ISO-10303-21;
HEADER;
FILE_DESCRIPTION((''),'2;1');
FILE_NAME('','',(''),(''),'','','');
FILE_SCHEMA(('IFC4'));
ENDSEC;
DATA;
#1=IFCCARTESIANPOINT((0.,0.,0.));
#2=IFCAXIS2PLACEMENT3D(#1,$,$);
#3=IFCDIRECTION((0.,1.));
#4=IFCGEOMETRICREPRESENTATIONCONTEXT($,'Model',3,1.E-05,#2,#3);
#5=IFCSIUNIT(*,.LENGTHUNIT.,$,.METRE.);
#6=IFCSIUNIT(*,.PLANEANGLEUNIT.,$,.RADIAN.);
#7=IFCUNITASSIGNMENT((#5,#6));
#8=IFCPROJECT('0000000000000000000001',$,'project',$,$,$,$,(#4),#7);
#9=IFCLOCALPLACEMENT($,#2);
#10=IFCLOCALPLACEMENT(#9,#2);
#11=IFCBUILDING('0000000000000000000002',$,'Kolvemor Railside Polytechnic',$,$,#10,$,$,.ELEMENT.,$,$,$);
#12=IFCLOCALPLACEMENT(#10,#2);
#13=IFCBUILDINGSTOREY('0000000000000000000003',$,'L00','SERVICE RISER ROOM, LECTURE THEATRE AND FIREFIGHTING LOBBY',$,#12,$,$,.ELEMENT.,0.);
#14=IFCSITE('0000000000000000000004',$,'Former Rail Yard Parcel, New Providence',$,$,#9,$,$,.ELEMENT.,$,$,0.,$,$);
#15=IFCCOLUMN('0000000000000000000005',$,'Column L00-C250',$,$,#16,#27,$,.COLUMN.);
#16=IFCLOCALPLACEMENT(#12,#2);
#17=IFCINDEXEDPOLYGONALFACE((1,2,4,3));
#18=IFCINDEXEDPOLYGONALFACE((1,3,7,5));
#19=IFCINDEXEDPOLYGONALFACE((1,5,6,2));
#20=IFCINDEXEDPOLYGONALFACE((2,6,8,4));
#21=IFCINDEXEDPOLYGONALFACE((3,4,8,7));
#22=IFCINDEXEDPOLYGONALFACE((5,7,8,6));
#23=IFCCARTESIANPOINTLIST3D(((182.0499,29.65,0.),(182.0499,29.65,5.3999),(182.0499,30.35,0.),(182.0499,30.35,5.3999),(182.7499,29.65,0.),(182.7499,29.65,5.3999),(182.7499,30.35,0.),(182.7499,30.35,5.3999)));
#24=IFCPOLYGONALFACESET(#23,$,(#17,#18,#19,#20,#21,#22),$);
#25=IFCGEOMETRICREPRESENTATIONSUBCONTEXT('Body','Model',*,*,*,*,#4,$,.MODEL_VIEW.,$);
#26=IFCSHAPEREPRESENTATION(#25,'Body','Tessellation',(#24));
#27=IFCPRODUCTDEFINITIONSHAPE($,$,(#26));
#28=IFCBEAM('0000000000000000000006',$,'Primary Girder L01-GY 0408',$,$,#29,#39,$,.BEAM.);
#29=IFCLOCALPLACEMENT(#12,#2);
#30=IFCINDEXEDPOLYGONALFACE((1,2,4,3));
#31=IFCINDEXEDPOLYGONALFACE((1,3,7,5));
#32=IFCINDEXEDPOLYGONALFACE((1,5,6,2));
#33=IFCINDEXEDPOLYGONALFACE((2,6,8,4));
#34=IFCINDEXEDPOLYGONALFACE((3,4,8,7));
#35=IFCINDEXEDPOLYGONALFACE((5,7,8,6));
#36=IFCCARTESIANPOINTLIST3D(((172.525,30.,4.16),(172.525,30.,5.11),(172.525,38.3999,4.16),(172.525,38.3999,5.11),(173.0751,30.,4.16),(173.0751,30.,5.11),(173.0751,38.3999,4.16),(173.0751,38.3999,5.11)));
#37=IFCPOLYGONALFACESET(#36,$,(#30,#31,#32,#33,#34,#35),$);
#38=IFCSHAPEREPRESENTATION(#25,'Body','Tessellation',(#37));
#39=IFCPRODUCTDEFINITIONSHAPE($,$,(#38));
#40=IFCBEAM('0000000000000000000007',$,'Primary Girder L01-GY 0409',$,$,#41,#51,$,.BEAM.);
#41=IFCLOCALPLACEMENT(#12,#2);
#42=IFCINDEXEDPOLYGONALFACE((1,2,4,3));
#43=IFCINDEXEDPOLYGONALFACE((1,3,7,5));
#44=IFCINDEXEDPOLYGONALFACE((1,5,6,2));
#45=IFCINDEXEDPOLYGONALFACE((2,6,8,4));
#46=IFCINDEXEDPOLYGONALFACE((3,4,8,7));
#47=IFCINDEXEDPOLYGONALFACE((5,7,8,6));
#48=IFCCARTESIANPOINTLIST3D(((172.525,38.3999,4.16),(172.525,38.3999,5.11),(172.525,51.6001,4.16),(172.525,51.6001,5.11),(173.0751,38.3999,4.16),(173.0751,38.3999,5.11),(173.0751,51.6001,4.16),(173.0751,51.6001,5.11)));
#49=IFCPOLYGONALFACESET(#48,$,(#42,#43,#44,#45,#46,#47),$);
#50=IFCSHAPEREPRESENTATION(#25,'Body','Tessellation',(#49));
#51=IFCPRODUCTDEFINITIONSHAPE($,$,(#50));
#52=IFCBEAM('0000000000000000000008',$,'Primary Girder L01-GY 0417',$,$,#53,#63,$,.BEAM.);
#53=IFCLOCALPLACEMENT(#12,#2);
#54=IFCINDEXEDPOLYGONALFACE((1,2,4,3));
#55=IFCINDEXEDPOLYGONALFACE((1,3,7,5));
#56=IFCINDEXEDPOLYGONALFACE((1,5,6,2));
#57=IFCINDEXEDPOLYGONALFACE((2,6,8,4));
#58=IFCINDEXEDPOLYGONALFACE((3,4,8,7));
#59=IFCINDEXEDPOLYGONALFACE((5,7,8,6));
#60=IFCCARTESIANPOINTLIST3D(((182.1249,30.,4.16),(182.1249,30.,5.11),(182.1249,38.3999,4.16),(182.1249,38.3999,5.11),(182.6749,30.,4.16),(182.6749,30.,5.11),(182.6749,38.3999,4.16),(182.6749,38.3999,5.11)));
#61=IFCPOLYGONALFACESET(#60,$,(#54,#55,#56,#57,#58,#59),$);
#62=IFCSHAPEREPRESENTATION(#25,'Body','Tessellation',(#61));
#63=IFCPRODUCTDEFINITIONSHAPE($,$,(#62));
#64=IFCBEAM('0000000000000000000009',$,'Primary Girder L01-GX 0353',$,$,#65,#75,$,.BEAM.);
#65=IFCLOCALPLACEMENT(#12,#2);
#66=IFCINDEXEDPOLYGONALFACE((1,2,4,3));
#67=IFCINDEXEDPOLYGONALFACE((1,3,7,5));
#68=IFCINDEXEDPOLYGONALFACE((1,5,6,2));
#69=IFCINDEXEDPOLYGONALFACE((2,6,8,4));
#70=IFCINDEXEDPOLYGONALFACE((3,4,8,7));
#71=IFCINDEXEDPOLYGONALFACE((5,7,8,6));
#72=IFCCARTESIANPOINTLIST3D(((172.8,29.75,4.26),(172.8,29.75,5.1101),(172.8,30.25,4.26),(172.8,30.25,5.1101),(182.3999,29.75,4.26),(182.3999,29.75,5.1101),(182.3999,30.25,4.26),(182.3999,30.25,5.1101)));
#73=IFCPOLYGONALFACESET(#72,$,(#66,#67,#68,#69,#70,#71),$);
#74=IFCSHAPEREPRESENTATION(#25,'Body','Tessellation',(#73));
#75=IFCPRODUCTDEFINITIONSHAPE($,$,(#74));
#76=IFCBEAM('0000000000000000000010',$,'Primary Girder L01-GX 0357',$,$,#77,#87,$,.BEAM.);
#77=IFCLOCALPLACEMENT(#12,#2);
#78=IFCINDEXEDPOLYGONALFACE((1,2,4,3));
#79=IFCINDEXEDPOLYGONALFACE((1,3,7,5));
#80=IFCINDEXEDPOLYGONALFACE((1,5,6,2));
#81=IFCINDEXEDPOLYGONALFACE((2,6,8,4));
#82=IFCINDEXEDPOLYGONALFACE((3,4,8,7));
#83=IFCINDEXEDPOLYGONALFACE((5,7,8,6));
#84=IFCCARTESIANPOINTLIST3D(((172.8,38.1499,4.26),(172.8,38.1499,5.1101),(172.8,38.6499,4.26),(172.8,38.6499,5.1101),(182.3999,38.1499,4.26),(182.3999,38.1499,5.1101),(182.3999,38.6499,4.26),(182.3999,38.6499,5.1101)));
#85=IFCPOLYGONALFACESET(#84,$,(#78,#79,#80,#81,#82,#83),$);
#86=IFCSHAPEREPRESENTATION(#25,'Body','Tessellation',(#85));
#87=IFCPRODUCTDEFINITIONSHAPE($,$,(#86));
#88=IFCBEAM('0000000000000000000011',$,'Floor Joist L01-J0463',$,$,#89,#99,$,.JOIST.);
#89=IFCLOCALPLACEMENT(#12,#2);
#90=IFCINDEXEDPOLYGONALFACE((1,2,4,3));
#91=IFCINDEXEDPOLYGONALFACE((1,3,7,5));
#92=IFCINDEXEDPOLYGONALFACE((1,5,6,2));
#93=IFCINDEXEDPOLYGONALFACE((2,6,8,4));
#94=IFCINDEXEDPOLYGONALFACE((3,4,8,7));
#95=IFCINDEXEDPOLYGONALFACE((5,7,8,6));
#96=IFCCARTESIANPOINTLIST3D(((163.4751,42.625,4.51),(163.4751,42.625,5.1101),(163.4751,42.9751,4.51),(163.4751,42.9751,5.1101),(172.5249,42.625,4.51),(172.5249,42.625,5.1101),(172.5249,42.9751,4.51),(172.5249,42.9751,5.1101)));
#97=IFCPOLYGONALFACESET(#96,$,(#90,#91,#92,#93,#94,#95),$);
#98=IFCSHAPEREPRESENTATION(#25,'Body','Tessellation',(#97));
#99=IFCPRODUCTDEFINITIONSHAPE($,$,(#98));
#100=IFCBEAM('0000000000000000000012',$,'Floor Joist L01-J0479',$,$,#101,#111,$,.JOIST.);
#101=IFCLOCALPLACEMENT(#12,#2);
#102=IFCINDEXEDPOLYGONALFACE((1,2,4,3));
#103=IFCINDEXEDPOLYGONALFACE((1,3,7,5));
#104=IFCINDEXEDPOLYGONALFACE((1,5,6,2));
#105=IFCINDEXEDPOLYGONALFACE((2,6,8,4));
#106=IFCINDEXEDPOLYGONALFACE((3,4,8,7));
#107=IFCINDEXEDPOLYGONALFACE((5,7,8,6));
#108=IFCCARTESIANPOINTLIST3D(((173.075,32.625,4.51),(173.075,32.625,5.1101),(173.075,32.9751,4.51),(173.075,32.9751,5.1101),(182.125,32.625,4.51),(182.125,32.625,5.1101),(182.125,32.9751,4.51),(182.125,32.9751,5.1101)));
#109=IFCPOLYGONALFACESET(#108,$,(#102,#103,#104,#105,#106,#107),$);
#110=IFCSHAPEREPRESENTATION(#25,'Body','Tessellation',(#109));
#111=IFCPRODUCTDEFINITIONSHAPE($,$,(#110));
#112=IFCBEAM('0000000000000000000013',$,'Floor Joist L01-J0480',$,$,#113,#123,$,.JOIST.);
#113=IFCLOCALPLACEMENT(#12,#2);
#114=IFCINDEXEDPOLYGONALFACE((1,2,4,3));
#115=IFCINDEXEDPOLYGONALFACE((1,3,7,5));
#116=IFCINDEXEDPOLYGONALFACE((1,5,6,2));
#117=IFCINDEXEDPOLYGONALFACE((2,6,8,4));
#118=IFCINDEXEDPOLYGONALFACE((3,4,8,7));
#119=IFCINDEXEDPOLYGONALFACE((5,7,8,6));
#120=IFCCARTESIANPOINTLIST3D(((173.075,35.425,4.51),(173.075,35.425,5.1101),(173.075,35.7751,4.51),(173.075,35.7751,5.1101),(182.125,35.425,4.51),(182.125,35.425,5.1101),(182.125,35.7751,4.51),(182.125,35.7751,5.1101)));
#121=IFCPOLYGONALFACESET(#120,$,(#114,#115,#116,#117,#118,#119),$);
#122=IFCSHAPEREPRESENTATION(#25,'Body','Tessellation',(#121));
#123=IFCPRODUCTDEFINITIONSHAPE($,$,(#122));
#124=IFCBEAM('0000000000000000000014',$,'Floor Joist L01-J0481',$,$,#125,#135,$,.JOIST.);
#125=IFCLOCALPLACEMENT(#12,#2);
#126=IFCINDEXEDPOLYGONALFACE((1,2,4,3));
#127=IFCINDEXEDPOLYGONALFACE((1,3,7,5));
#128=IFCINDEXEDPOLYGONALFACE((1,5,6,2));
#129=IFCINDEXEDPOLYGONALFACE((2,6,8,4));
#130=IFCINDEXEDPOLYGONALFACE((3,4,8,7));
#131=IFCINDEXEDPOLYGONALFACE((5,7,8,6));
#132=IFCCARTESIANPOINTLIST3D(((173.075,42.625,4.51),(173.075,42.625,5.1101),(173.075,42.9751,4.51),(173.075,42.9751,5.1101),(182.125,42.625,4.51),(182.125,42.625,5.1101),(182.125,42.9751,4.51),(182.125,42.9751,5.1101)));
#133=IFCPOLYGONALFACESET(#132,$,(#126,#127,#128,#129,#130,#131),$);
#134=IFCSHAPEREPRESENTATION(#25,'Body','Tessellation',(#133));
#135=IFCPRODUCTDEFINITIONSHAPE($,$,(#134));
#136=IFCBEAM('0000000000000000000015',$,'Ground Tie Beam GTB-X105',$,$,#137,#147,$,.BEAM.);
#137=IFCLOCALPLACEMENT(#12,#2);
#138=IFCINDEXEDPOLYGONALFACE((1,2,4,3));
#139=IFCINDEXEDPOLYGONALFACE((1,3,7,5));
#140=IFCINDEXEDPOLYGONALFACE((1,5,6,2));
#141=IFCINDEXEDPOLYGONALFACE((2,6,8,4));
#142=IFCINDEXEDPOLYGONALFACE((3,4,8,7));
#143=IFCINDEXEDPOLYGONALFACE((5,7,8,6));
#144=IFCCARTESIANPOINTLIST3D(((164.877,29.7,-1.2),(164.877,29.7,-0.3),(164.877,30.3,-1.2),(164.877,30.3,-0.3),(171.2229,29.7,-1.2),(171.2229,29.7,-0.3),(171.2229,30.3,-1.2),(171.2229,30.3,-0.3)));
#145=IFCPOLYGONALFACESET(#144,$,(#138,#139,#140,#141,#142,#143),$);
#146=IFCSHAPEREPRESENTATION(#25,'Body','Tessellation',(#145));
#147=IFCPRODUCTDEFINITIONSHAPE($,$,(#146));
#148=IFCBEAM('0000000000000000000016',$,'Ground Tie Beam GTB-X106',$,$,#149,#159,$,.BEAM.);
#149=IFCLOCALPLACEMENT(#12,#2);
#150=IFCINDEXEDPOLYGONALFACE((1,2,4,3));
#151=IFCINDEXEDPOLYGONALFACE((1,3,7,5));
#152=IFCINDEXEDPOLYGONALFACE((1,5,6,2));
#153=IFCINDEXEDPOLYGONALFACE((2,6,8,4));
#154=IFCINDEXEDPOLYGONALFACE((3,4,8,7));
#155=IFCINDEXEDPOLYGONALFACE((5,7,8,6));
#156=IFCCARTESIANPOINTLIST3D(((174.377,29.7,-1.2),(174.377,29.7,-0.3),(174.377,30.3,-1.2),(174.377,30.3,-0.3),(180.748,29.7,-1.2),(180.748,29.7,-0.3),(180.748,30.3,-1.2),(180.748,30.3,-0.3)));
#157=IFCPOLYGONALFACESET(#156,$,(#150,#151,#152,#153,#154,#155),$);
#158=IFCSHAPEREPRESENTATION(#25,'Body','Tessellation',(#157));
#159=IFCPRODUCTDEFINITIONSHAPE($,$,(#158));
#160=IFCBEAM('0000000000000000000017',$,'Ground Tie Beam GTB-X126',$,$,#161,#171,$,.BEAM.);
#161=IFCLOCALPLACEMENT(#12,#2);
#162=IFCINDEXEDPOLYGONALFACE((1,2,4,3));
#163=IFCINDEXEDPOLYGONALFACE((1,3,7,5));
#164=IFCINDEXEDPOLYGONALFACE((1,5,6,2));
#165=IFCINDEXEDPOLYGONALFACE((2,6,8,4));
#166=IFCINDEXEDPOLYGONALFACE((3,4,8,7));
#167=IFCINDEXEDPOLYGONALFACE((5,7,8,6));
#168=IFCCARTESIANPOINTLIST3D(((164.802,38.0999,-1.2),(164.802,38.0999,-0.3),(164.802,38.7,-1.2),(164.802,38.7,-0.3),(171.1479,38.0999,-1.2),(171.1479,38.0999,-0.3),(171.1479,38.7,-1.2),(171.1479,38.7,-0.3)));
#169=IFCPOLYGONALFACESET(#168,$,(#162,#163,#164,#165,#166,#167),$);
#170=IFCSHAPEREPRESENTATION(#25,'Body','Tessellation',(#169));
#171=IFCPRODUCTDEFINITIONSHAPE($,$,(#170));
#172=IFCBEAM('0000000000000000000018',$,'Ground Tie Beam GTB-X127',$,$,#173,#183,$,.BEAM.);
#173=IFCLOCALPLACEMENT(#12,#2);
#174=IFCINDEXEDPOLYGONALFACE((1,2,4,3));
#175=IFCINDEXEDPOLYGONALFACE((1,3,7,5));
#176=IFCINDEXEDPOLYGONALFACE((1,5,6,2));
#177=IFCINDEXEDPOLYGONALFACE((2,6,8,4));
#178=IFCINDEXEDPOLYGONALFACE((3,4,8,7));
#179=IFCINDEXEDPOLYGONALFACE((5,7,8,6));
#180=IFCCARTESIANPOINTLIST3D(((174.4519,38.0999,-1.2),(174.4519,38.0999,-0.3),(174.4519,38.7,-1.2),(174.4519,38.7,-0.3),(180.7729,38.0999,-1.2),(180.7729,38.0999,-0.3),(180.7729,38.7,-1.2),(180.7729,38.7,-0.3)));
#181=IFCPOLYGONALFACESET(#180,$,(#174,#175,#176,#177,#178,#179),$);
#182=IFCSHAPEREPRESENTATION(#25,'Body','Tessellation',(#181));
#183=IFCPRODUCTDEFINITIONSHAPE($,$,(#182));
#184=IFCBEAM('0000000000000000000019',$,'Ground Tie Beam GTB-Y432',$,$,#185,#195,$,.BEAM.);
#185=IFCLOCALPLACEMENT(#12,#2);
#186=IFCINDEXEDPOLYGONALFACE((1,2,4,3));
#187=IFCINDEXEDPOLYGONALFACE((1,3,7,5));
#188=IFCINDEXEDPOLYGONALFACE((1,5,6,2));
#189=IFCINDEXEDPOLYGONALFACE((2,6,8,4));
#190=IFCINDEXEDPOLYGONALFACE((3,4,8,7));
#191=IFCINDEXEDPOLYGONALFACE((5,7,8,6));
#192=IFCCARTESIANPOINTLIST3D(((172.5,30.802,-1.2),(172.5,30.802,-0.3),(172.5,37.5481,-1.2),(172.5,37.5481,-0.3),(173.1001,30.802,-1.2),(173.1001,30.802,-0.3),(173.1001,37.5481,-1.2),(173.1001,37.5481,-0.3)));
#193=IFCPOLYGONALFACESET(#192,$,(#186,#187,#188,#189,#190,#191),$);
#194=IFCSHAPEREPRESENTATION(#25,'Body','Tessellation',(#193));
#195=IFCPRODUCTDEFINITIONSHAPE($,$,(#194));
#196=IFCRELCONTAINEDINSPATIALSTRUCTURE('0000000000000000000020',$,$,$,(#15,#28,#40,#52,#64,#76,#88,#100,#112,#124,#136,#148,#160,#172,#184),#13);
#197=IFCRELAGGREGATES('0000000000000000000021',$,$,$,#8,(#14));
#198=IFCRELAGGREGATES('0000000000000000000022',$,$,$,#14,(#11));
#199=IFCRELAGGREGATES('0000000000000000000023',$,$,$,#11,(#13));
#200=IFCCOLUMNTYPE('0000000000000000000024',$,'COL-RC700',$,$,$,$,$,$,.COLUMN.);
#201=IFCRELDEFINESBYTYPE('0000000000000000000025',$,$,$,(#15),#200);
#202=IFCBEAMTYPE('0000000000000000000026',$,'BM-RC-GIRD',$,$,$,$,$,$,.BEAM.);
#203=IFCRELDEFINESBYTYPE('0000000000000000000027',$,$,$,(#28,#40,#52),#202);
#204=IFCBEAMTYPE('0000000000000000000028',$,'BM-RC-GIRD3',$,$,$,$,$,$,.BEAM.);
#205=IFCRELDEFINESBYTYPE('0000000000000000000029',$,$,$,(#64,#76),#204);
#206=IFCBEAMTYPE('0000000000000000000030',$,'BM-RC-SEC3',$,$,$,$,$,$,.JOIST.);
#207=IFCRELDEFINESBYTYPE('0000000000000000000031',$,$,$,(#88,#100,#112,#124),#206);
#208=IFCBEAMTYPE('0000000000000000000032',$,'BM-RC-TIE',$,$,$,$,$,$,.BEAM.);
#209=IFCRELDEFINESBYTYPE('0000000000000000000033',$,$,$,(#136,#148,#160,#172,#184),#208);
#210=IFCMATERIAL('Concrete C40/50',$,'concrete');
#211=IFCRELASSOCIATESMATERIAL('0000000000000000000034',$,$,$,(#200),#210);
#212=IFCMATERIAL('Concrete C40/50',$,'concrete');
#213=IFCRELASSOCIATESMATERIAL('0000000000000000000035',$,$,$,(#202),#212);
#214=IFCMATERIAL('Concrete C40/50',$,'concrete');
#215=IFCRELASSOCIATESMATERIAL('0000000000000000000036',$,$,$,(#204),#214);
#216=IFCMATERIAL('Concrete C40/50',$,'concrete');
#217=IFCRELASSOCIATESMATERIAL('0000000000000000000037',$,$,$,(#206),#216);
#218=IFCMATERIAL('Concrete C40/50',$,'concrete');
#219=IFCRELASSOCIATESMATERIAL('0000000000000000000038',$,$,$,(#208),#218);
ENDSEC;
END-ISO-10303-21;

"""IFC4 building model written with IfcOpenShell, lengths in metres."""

from ifc_helpers import new_model, si_unit, direction, frame, origin, origin_2d, place, context, subcontext, project, spatial, rectangle, extrude, material, material_profile, profile_set, type_object, element, save


model = new_model("IFC4")

# Units and contexts
model_context = context("Model", 3, precision=1e-05, world=origin(), true_north=direction((0.0, 1.0)))
body_context = subcontext(model_context, "Body", "Model", "MODEL_VIEW")
ifc_project = project(units=[si_unit("LENGTHUNIT", "METRE"), si_unit("PLANEANGLEUNIT", "RADIAN")], contexts=[model_context])

# Site, building, storey
site_placement = place(None, origin())
site = spatial("IfcSite", under=ifc_project, at=site_placement, Name="Former Rail Yard Parcel, New Providence", CompositionType="ELEMENT", RefElevation=0.0)
building_placement = place(site_placement, origin())
building = spatial("IfcBuilding", under=site, at=building_placement, Name="Kolvemor Railside Polytechnic", CompositionType="ELEMENT")
storey_placement = place(building_placement, origin())
storey = spatial("IfcBuildingStorey", under=building, at=storey_placement, Name="L00", Description="SERVICE RISER ROOM, LECTURE THEATRE AND FIREFIGHTING LOBBY", CompositionType="ELEMENT", Elevation=0.0)

# Column
ifc_material_1 = material(Name="Concrete C40/50", Category="concrete")
ifc_material_profile_1 = material_profile(ifc_material_1, rectangle(XDim=0.7, YDim=0.7, at=origin_2d()), Name="RC700x700")
ifc_profile_set_1 = profile_set([ifc_material_profile_1], Name="Concrete C40/50")
column_type_1 = type_object("IfcColumnType", Name="COL-RC700", PredefinedType="COLUMN", material=ifc_profile_set_1)
column_placement = place(storey_placement, frame((182.3999, 30.0, 0.0), z_axis=(0.0, 0.0, 1.0), x_axis=(1.0, 0.0, 0.0)))
element("IfcColumn", 1, at=column_placement, inside=storey, type_object=column_type_1, Name="Column L00-C250", PredefinedType="COLUMN", context=body_context, shape_type="SweptSolid", body=[
    extrude(rectangle(XDim=0.7, YDim=0.7, at=origin_2d()), origin(), (0.0, 0.0, 1.0), 5.3999),
])

# Beams
ifc_material_2 = material(Name="Concrete C40/50", Category="concrete")
ifc_material_profile_2 = material_profile(ifc_material_2, rectangle(XDim=0.55, YDim=0.95, at=origin_2d()), Name="RC550x950")
ifc_profile_set_2 = profile_set([ifc_material_profile_2], Name="Concrete C40/50")
beam_type_1 = type_object("IfcBeamType", Name="BM-RC-GIRD", PredefinedType="BEAM", material=ifc_profile_set_2)
beam_1_placement = place(storey_placement, frame((172.8, 30.0, 4.635), z_axis=(0.0, 1.0, 0.0), x_axis=(-1.0, 0.0, 0.0)))
element("IfcBeam", 2, at=beam_1_placement, inside=storey, type_object=beam_type_1, Name="Primary Girder L01-GY 0408", PredefinedType="BEAM", context=body_context, shape_type="SweptSolid", body=[
    extrude(rectangle(XDim=0.55, YDim=0.95, at=origin_2d()), origin(), (0.0, 0.0, 1.0), 8.3999),
])
beam_2_placement = place(storey_placement, frame((172.8, 38.3999, 4.635), z_axis=(0.0, 1.0, 0.0), x_axis=(-1.0, 0.0, 0.0)))
element("IfcBeam", 3, at=beam_2_placement, inside=storey, type_object=beam_type_1, Name="Primary Girder L01-GY 0409", PredefinedType="BEAM", context=body_context, shape_type="SweptSolid", body=[
    extrude(rectangle(XDim=0.55, YDim=0.95, at=origin_2d()), origin(), (0.0, 0.0, 1.0), 13.2002),
])
beam_3_placement = place(storey_placement, frame((182.3999, 30.0, 4.635), z_axis=(0.0, 1.0, 0.0), x_axis=(-1.0, 0.0, 0.0)))
element("IfcBeam", 4, at=beam_3_placement, inside=storey, type_object=beam_type_1, Name="Primary Girder L01-GY 0417", PredefinedType="BEAM", context=body_context, shape_type="SweptSolid", body=[
    extrude(rectangle(XDim=0.55, YDim=0.95, at=origin_2d()), origin(), (0.0, 0.0, 1.0), 8.3999),
])
ifc_material_3 = material(Name="Concrete C40/50", Category="concrete")
ifc_material_profile_3 = material_profile(ifc_material_3, rectangle(XDim=0.5, YDim=0.8501, at=origin_2d()), Name="RC500x850")
ifc_profile_set_3 = profile_set([ifc_material_profile_3], Name="Concrete C40/50")
beam_type_2 = type_object("IfcBeamType", Name="BM-RC-GIRD3", PredefinedType="BEAM", material=ifc_profile_set_3)
for number, where, z_axis, x_axis, name in (
    (5, (172.8, 30.0, 4.6851), (1.0, 0.0, 0.0), (0.0, 1.0, 0.0), "Primary Girder L01-GX 0353"),
    (6, (172.8, 38.3999, 4.6851), (1.0, 0.0, 0.0), (0.0, 1.0, 0.0), "Primary Girder L01-GX 0357"),
):
    element("IfcBeam", number, at=place(storey_placement, frame(where, z_axis=z_axis, x_axis=x_axis)), inside=storey, type_object=beam_type_2, Name=name, PredefinedType="BEAM", context=body_context, shape_type="SweptSolid", body=[
        extrude(rectangle(XDim=0.5, YDim=0.8501, at=origin_2d()), origin(), (0.0, 0.0, 1.0), 9.5999),
    ])
ifc_material_4 = material(Name="Concrete C40/50", Category="concrete")
ifc_material_profile_4 = material_profile(ifc_material_4, rectangle(XDim=0.3501, YDim=0.6001, at=origin_2d()), Name="RC350x600")
ifc_profile_set_4 = profile_set([ifc_material_profile_4], Name="Concrete C40/50")
beam_type_3 = type_object("IfcBeamType", Name="BM-RC-SEC3", PredefinedType="JOIST", material=ifc_profile_set_4)
beam_4_placement = place(storey_placement, frame((163.4751, 42.8, 4.8101), z_axis=(1.0, 0.0, 0.0), x_axis=(0.0, 1.0, 0.0)))
element("IfcBeam", 7, at=beam_4_placement, inside=storey, type_object=beam_type_3, Name="Floor Joist L01-J0463", PredefinedType="JOIST", context=body_context, shape_type="SweptSolid", body=[
    extrude(rectangle(XDim=0.3501, YDim=0.6001, at=origin_2d()), origin(), (0.0, 0.0, 1.0), 9.0498),
])
for number, where, z_axis, x_axis, name in (
    (8, (173.075, 32.8, 4.8101), (1.0, 0.0, 0.0), (0.0, 1.0, 0.0), "Floor Joist L01-J0479"),
    (9, (173.075, 35.6001, 4.8101), (1.0, 0.0, 0.0), (0.0, 1.0, 0.0), "Floor Joist L01-J0480"),
    (10, (173.075, 42.8, 4.8101), (1.0, 0.0, 0.0), (0.0, 1.0, 0.0), "Floor Joist L01-J0481"),
):
    element("IfcBeam", number, at=place(storey_placement, frame(where, z_axis=z_axis, x_axis=x_axis)), inside=storey, type_object=beam_type_3, Name=name, PredefinedType="JOIST", context=body_context, shape_type="SweptSolid", body=[
        extrude(rectangle(XDim=0.3501, YDim=0.6001, at=origin_2d()), origin(), (0.0, 0.0, 1.0), 9.05),
    ])
ifc_material_5 = material(Name="Concrete C40/50", Category="concrete")
ifc_material_profile_5 = material_profile(ifc_material_5, rectangle(XDim=0.6001, YDim=0.8999, at=origin_2d()), Name="RC600x900")
ifc_profile_set_5 = profile_set([ifc_material_profile_5], Name="Concrete C40/50")
beam_type_4 = type_object("IfcBeamType", Name="BM-RC-TIE", PredefinedType="BEAM", material=ifc_profile_set_5)
beam_5_placement = place(storey_placement, frame((164.877, 30.0, -0.75), z_axis=(1.0, 0.0, 0.0), x_axis=(0.0, 1.0, 0.0)))
element("IfcBeam", 11, at=beam_5_placement, inside=storey, type_object=beam_type_4, Name="Ground Tie Beam GTB-X105", PredefinedType="BEAM", context=body_context, shape_type="SweptSolid", body=[
    extrude(rectangle(XDim=0.6001, YDim=0.8999, at=origin_2d()), origin(), (0.0, 0.0, 1.0), 6.3459),
])
beam_6_placement = place(storey_placement, frame((174.377, 30.0, -0.75), z_axis=(1.0, 0.0, 0.0), x_axis=(0.0, 1.0, 0.0)))
element("IfcBeam", 12, at=beam_6_placement, inside=storey, type_object=beam_type_4, Name="Ground Tie Beam GTB-X106", PredefinedType="BEAM", context=body_context, shape_type="SweptSolid", body=[
    extrude(rectangle(XDim=0.6001, YDim=0.8999, at=origin_2d()), origin(), (0.0, 0.0, 1.0), 6.3711),
])
beam_7_placement = place(storey_placement, frame((164.802, 38.3999, -0.75), z_axis=(1.0, 0.0, 0.0), x_axis=(0.0, 1.0, 0.0)))
element("IfcBeam", 13, at=beam_7_placement, inside=storey, type_object=beam_type_4, Name="Ground Tie Beam GTB-X126", PredefinedType="BEAM", context=body_context, shape_type="SweptSolid", body=[
    extrude(rectangle(XDim=0.6001, YDim=0.8999, at=origin_2d()), origin(), (0.0, 0.0, 1.0), 6.3459),
])
beam_8_placement = place(storey_placement, frame((174.4519, 38.3999, -0.75), z_axis=(1.0, 0.0, 0.0), x_axis=(0.0, 1.0, 0.0)))
element("IfcBeam", 14, at=beam_8_placement, inside=storey, type_object=beam_type_4, Name="Ground Tie Beam GTB-X127", PredefinedType="BEAM", context=body_context, shape_type="SweptSolid", body=[
    extrude(rectangle(XDim=0.6001, YDim=0.8999, at=origin_2d()), origin(), (0.0, 0.0, 1.0), 6.321),
])
beam_9_placement = place(storey_placement, frame((172.8, 30.802, -0.75), z_axis=(0.0, 1.0, 0.0), x_axis=(-1.0, 0.0, 0.0)))
element("IfcBeam", 15, at=beam_9_placement, inside=storey, type_object=beam_type_4, Name="Ground Tie Beam GTB-Y432", PredefinedType="BEAM", context=body_context, shape_type="SweptSolid", body=[
    extrude(rectangle(XDim=0.6001, YDim=0.8999, at=origin_2d()), origin(), (0.0, 0.0, 1.0), 6.7461),
])

save(model, "model.ifc")
